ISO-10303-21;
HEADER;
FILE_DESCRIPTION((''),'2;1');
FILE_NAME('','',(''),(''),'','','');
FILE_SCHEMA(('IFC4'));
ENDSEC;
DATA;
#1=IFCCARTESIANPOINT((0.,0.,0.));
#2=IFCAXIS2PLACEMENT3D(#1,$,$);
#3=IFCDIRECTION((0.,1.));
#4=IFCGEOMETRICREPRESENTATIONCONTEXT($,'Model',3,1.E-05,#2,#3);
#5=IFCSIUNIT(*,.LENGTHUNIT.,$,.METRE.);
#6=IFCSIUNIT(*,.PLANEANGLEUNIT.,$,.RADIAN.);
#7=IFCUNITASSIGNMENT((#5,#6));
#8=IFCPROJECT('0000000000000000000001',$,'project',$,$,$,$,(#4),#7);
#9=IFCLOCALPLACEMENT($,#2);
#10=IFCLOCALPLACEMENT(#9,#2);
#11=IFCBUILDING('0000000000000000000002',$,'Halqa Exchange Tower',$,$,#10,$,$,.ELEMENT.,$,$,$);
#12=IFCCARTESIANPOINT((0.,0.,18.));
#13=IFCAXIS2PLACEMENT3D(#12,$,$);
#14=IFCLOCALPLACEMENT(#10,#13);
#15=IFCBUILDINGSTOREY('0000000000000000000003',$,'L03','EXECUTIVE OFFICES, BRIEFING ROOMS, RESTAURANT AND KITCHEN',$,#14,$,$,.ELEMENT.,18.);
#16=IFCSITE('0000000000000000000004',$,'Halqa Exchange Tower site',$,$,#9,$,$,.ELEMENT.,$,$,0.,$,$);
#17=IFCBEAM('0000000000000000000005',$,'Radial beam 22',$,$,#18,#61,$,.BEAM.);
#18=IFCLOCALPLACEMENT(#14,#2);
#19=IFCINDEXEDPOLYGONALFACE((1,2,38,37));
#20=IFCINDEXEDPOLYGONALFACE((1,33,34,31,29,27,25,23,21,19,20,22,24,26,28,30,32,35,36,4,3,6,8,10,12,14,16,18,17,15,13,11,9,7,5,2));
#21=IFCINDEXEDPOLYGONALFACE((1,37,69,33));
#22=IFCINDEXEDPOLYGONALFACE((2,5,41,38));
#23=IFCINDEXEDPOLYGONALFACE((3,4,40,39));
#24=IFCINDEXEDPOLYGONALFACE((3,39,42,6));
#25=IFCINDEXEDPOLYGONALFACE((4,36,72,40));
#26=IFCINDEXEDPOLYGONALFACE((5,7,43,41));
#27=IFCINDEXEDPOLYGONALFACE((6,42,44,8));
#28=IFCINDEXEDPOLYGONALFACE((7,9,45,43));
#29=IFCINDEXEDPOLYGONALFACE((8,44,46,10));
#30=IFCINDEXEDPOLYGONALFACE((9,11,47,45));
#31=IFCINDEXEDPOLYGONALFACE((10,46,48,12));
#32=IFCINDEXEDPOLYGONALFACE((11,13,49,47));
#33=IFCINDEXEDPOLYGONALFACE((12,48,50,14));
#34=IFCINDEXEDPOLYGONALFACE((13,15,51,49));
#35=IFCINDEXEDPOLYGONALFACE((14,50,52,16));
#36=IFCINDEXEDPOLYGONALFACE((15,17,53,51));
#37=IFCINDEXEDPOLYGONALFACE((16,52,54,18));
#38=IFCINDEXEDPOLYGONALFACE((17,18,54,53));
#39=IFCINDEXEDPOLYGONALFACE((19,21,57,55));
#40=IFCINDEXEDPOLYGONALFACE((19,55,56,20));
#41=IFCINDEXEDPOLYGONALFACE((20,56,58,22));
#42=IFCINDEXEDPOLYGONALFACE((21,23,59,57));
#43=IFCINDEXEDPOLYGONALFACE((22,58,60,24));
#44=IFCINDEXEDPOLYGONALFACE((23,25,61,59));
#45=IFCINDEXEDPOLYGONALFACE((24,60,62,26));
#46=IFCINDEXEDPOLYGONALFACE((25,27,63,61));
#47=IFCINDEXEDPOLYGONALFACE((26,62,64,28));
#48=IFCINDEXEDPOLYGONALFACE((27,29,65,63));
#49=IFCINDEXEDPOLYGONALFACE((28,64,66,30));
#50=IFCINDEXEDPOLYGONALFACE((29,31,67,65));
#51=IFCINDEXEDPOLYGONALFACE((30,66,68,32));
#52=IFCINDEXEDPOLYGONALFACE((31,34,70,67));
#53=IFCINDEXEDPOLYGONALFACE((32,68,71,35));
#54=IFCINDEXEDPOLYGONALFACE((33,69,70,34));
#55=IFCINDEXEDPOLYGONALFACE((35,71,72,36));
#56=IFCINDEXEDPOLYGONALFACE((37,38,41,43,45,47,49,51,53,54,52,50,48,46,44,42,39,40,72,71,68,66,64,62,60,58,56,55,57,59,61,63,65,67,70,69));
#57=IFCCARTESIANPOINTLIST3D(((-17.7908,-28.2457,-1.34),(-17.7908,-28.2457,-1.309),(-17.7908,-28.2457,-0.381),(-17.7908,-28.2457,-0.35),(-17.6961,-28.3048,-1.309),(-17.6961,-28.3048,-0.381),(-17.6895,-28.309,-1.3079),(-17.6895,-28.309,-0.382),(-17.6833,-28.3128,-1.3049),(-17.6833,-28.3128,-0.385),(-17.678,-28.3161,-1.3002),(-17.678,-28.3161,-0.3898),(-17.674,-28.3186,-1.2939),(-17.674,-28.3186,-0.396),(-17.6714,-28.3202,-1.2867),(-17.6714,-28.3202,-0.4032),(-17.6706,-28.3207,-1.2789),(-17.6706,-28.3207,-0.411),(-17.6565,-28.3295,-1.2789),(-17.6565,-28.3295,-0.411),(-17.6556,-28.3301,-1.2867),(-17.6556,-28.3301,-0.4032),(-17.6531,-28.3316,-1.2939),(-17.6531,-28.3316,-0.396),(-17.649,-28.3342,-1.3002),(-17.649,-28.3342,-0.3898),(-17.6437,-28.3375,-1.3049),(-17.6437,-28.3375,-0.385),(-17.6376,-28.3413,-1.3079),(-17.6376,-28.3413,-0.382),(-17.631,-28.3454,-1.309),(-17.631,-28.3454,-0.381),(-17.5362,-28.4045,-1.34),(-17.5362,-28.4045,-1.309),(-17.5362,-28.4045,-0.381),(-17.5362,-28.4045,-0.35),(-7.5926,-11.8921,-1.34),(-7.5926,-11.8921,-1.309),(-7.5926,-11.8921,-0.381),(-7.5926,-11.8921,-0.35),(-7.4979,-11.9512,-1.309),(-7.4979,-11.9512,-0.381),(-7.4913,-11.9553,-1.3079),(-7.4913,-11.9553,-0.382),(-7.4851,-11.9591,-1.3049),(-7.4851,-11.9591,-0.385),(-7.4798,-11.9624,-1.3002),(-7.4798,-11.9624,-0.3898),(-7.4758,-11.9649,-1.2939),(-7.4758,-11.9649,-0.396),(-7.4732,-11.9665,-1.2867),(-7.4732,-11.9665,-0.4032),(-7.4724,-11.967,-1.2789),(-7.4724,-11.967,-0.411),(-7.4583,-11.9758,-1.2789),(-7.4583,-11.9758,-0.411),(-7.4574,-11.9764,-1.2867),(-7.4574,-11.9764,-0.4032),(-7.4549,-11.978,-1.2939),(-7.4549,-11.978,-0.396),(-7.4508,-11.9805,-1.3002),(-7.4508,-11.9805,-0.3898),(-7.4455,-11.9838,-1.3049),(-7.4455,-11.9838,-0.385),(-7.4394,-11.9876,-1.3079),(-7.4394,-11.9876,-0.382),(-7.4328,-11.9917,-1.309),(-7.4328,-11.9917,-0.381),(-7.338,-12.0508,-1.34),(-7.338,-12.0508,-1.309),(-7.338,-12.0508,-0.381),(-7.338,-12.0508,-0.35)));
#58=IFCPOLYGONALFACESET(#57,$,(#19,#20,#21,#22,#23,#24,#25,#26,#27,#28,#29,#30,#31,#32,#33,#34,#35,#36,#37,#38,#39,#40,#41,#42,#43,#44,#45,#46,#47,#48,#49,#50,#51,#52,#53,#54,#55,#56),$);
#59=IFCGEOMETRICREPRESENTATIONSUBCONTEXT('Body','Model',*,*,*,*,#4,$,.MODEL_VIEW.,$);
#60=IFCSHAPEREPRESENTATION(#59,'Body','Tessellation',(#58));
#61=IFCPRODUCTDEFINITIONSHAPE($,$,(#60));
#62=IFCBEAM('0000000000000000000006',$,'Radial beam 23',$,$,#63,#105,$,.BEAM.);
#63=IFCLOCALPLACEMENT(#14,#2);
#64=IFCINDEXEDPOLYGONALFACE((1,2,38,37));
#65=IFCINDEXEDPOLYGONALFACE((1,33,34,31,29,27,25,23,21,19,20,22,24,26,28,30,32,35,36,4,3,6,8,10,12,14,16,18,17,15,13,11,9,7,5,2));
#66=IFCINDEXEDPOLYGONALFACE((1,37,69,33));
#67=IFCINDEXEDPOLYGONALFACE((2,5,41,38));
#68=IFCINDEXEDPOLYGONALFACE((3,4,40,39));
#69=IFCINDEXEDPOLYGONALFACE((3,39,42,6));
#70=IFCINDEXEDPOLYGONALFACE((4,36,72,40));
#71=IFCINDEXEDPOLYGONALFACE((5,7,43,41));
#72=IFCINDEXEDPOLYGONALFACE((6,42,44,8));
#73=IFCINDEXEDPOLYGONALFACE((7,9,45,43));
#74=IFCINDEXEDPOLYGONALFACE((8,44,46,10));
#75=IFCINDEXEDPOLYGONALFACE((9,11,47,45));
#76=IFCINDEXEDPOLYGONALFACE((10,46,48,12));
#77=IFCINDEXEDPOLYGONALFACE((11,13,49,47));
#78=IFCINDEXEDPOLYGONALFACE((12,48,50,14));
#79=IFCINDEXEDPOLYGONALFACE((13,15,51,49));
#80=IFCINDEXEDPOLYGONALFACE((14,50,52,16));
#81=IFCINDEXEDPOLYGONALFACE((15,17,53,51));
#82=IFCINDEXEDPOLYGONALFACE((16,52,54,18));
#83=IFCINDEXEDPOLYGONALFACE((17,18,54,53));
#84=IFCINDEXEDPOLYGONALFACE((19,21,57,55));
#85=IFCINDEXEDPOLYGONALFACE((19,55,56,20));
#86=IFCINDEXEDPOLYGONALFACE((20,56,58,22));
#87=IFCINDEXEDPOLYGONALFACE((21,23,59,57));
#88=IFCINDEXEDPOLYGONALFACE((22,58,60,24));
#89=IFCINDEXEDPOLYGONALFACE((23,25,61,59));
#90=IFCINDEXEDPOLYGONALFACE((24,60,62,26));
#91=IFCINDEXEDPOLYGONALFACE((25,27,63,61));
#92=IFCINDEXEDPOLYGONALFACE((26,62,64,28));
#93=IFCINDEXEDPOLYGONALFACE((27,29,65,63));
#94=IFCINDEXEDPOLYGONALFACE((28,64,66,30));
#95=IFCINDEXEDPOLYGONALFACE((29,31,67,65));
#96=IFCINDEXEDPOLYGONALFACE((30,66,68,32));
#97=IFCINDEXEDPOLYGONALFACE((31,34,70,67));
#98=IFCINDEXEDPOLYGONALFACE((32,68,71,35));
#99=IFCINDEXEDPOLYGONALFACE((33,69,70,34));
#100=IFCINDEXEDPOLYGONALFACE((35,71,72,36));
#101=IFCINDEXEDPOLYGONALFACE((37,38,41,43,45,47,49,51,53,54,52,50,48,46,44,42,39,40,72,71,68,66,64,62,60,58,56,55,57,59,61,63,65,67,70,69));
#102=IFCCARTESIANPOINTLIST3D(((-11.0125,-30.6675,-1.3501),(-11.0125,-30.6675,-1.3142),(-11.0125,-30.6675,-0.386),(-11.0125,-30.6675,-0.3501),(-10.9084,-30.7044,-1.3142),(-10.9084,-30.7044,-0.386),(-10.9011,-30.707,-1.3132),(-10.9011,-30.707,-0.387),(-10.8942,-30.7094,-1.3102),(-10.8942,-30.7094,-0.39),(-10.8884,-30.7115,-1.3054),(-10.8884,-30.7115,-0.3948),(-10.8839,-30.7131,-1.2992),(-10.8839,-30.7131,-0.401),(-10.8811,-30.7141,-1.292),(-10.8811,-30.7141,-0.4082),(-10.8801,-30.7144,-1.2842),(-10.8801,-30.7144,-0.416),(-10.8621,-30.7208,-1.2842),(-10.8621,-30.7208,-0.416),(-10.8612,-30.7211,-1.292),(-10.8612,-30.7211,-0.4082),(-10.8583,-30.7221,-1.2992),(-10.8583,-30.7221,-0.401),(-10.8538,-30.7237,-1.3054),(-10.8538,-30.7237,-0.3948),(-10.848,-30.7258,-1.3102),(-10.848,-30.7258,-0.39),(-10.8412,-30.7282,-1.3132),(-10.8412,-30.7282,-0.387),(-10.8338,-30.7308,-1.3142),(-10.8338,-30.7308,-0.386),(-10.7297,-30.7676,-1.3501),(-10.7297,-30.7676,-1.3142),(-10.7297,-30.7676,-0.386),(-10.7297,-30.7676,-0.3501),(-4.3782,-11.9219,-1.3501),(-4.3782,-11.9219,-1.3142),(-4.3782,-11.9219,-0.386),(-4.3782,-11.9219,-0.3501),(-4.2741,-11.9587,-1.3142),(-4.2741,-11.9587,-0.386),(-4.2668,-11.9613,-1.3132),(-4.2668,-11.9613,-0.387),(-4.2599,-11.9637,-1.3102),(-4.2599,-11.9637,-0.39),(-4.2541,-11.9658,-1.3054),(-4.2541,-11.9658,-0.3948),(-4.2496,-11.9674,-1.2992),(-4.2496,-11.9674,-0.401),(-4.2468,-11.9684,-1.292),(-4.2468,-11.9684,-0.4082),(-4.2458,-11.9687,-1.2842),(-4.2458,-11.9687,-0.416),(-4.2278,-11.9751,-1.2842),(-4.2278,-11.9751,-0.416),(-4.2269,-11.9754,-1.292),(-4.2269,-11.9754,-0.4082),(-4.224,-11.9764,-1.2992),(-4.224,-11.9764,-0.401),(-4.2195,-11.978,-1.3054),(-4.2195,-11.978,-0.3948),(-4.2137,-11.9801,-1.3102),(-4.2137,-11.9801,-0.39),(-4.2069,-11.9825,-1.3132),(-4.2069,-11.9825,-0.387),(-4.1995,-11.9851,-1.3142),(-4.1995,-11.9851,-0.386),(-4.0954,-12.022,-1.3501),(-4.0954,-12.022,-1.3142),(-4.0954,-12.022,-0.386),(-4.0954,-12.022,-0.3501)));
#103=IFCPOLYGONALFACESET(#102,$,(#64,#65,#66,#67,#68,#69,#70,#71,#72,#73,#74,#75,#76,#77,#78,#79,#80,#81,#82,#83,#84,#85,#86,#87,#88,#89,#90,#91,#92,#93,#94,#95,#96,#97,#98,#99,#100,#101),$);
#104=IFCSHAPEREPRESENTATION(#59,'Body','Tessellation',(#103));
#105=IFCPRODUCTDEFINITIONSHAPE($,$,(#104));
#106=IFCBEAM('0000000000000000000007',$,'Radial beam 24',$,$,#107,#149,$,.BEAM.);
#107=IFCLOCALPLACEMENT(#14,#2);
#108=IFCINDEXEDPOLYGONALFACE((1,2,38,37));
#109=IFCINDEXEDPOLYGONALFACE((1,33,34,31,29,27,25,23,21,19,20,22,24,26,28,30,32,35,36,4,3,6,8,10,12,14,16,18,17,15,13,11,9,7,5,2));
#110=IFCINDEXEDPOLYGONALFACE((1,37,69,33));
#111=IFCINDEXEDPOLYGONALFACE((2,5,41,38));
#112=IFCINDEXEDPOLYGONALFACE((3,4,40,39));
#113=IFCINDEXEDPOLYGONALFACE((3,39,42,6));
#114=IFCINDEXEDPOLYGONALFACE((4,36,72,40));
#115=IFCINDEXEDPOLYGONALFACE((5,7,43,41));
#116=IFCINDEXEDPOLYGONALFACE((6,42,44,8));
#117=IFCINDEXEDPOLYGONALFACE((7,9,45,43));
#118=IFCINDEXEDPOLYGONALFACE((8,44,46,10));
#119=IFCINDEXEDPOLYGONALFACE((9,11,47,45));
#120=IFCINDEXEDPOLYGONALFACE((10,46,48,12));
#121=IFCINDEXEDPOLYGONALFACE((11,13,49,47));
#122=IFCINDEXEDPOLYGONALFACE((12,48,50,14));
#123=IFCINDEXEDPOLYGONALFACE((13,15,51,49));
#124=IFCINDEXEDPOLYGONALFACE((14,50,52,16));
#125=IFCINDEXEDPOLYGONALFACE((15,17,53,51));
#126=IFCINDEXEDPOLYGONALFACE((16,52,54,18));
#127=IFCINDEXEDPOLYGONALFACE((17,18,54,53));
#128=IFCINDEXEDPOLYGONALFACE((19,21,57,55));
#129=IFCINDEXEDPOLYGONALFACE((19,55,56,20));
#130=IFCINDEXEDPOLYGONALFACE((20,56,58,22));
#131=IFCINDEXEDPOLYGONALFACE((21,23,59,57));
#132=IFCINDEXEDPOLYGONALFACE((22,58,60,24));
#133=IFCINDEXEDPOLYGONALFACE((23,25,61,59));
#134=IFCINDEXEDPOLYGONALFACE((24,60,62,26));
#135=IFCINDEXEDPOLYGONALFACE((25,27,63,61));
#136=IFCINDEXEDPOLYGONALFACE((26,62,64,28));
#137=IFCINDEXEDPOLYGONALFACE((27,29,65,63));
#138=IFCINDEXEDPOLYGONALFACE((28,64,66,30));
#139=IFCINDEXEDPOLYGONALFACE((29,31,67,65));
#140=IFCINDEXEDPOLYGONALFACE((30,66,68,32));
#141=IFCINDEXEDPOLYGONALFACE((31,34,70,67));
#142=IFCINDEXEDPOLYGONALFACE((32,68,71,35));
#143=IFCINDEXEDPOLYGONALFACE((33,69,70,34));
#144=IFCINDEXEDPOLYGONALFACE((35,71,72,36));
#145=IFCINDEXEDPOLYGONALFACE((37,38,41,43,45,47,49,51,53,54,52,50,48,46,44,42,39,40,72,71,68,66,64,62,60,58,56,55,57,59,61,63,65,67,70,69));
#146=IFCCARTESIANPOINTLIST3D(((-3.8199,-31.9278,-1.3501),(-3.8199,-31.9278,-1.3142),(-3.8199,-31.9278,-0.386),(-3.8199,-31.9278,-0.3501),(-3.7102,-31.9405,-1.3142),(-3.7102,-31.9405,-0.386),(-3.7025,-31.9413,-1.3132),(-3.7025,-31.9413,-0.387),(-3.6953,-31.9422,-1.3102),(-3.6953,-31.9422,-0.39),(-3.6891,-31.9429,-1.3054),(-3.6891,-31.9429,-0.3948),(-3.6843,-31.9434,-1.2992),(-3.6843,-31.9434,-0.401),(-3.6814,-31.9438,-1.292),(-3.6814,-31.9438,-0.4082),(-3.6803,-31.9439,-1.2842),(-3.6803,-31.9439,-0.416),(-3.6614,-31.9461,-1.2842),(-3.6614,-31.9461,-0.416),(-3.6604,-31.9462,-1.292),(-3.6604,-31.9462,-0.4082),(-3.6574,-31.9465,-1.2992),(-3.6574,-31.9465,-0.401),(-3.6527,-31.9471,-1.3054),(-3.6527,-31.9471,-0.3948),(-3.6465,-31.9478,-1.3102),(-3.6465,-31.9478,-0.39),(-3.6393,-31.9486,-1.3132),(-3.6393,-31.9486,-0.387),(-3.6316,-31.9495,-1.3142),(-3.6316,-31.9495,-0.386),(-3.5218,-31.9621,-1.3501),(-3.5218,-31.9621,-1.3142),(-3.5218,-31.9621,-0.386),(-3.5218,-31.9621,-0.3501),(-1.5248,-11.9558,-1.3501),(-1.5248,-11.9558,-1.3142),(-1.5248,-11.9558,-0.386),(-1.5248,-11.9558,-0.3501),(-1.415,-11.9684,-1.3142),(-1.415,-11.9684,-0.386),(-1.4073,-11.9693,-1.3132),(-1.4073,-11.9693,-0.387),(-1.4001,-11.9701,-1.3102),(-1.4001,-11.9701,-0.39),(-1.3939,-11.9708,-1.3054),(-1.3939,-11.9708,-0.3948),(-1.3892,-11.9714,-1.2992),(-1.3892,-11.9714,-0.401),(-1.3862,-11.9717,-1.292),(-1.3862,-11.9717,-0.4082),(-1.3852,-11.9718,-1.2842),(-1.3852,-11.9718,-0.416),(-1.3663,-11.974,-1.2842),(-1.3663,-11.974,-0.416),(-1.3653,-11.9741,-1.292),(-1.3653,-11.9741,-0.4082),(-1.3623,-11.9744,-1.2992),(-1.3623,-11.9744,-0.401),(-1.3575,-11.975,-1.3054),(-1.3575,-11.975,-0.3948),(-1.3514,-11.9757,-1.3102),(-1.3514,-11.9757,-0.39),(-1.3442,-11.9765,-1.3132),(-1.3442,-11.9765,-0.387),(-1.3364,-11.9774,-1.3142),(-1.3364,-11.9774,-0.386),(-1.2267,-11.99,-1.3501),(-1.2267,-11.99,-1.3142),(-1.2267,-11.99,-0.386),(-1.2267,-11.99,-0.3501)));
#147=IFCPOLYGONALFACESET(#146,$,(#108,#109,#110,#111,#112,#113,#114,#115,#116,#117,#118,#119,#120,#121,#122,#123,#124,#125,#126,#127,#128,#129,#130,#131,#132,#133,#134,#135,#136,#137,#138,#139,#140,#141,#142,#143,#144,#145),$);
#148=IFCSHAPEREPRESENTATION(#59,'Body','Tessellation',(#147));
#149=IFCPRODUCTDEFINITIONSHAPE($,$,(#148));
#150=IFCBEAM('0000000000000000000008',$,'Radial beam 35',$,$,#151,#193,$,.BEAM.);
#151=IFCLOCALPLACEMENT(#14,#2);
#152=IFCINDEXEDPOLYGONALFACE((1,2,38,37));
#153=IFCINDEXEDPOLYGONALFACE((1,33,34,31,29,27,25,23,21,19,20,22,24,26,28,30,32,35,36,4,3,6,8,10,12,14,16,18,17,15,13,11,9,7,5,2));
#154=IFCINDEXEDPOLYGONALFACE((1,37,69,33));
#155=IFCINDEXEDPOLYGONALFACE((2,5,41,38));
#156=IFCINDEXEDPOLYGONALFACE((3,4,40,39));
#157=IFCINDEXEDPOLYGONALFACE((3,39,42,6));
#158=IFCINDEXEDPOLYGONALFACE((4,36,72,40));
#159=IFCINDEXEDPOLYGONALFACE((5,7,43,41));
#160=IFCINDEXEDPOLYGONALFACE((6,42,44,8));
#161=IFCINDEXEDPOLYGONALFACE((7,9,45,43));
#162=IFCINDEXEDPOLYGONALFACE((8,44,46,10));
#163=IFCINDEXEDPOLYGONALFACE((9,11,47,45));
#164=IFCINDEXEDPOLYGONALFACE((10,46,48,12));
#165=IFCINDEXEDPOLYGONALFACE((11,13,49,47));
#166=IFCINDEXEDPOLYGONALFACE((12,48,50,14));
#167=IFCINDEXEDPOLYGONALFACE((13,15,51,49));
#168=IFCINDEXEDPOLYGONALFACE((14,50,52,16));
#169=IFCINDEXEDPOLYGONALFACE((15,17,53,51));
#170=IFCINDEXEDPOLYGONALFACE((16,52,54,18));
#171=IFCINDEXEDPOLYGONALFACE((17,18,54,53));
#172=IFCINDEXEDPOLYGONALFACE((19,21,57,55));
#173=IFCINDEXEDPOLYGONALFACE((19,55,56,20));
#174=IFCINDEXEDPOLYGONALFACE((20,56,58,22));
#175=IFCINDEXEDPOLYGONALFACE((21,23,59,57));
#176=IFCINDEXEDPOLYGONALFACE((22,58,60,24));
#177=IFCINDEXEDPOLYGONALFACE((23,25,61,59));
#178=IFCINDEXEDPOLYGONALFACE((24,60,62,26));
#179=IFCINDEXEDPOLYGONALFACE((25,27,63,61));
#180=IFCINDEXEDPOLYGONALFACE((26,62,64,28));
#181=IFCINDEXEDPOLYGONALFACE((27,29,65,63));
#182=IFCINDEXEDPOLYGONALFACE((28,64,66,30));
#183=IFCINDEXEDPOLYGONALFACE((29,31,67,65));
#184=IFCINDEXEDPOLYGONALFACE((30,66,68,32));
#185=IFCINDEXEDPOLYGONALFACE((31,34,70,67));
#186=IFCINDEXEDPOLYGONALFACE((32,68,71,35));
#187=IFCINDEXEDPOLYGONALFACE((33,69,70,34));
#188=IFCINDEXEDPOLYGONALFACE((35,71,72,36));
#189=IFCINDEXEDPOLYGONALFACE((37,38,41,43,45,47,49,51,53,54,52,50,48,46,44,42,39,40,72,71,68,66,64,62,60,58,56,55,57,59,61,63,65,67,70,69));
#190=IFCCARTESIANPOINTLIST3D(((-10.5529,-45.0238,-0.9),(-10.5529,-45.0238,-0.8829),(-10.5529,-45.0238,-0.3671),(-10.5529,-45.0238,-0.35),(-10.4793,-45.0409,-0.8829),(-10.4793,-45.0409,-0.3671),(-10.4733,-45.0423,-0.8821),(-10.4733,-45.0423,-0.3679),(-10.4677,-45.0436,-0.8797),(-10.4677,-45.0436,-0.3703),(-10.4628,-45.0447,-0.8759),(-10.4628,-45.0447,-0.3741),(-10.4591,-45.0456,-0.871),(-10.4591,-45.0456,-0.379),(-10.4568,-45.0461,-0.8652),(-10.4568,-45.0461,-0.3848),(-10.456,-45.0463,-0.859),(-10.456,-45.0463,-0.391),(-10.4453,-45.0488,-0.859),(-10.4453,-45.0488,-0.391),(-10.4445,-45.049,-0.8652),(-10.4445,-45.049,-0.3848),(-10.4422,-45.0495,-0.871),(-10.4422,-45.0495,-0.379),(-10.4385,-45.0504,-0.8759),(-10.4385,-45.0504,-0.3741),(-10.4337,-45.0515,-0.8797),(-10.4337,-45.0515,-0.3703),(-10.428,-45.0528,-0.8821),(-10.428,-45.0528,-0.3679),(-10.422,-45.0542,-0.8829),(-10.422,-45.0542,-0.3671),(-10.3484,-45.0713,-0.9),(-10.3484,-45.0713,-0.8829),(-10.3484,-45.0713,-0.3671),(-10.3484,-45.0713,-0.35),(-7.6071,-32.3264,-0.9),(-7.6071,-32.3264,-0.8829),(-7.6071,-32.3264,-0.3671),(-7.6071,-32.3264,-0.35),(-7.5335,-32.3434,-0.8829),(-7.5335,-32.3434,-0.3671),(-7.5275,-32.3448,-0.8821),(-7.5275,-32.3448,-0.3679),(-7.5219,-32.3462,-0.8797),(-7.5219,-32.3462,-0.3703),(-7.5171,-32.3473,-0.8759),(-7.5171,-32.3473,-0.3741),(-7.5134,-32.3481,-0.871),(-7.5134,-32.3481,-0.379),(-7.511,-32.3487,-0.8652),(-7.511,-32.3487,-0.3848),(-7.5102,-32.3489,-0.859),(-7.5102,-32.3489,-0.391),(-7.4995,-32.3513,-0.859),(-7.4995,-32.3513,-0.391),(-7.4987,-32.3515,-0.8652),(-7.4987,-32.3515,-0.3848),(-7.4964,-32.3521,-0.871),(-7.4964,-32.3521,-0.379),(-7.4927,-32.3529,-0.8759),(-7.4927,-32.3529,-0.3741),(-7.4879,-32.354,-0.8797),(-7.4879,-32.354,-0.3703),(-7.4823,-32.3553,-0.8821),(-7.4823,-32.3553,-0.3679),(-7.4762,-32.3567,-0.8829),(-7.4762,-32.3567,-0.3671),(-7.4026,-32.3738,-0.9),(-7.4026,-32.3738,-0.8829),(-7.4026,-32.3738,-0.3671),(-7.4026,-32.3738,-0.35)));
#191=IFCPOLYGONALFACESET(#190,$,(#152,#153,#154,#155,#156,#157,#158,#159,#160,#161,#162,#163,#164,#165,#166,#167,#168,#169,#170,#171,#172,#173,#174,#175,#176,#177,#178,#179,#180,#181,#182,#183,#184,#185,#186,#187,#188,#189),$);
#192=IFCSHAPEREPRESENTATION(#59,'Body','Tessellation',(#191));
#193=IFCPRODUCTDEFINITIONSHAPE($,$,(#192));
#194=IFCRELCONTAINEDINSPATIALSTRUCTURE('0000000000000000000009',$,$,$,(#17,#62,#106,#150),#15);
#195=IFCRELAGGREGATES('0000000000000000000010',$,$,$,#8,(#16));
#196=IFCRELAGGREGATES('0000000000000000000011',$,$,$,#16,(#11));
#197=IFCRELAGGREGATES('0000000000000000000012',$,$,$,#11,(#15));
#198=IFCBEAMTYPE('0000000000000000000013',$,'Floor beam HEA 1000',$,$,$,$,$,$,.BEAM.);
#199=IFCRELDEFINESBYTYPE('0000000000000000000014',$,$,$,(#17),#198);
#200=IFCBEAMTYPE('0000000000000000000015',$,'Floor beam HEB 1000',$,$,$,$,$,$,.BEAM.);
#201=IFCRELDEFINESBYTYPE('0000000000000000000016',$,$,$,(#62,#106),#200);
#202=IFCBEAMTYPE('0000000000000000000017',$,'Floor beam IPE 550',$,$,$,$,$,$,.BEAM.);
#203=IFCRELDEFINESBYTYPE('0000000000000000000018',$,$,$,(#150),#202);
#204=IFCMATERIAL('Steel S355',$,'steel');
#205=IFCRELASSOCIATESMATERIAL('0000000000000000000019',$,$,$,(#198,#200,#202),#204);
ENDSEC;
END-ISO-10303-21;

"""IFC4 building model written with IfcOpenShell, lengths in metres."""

from ifc_helpers import new_model, si_unit, direction, frame, origin, origin_2d, place, context, subcontext, project, spatial, i_section, extrude, material, material_profile, profile_set, type_object, element, save


model = new_model("IFC4")

# Units and contexts
model_context = context("Model", 3, precision=1e-05, world=origin(), true_north=direction((0.0, 1.0)))
body_context = subcontext(model_context, "Body", "Model", "MODEL_VIEW")
ifc_project = project(units=[si_unit("LENGTHUNIT", "METRE"), si_unit("PLANEANGLEUNIT", "RADIAN")], contexts=[model_context])

# Site, building, storey
site_placement = place(None, origin())
site = spatial("IfcSite", under=ifc_project, at=site_placement, Name="Halqa Exchange Tower site", CompositionType="ELEMENT", RefElevation=0.0)
building_placement = place(site_placement, origin())
building = spatial("IfcBuilding", under=site, at=building_placement, Name="Halqa Exchange Tower", CompositionType="ELEMENT")
storey_placement = place(building_placement, frame((0.0, 0.0, 18.0)))
storey = spatial("IfcBuildingStorey", under=building, at=storey_placement, Name="L03", Description="EXECUTIVE OFFICES, BRIEFING ROOMS, RESTAURANT AND KITCHEN", CompositionType="ELEMENT", Elevation=18.0)

# Beams
ifc_material_1 = material(Name="Steel S355", Category="steel")
ifc_material_profile_1 = material_profile(ifc_material_1, i_section(OverallWidth=0.3, OverallDepth=0.99, WebThickness=0.0166, FlangeThickness=0.031, FilletRadius=0.03, at=origin_2d()), Name="HEA 1000")
ifc_profile_set_1 = profile_set([ifc_material_profile_1], Name="Steel S355")
beam_type_1 = type_object("IfcBeamType", Name="Floor beam HEA 1000", PredefinedType="BEAM", material=ifc_profile_set_1)
beam_1_placement = place(storey_placement, frame((-7.4653, -11.9714, -0.845), z_axis=(-0.529146, -0.848531, 0.0), x_axis=(0.848531, -0.529146, 0.0)))
element("IfcBeam", 1, at=beam_1_placement, inside=storey, type_object=beam_type_1, Name="Radial beam 22", PredefinedType="BEAM", context=body_context, shape_type="SweptSolid", body=[
    extrude(i_section(OverallWidth=0.3, OverallDepth=0.99, WebThickness=0.0166, FlangeThickness=0.031, FilletRadius=0.03, at=origin_2d()), origin(), (0.0, 0.0, 1.0), 19.2729),
])
ifc_material_profile_2 = material_profile(ifc_material_1, i_section(OverallWidth=0.3, OverallDepth=1.0, WebThickness=0.019, FlangeThickness=0.0359, FilletRadius=0.03, at=origin_2d()), Name="HEB 1000")
ifc_profile_set_2 = profile_set([ifc_material_profile_2], Name="Steel S355")
beam_type_2 = type_object("IfcBeamType", Name="Floor beam HEB 1000", PredefinedType="BEAM", material=ifc_profile_set_2)
beam_2_placement = place(storey_placement, frame((-4.2368, -11.9719, -0.8501), z_axis=(-0.333633, -0.942703, 0.0), x_axis=(0.942703, -0.333633, 0.0)))
element("IfcBeam", 2, at=beam_2_placement, inside=storey, type_object=beam_type_2, Name="Radial beam 23", PredefinedType="BEAM", context=body_context, shape_type="SweptSolid", body=[
    extrude(i_section(OverallWidth=0.3, OverallDepth=1.0, WebThickness=0.019, FlangeThickness=0.0359, FilletRadius=0.03, at=origin_2d()), origin(), (0.0, 0.0, 1.0), 19.885),
])
beam_3_placement = place(storey_placement, frame((-1.3757, -11.9729, -0.8501), z_axis=(-0.114167, -0.993462, 0.0), x_axis=(0.993462, -0.114167, 0.0)))
element("IfcBeam", 3, at=beam_3_placement, inside=storey, type_object=beam_type_2, Name="Radial beam 24", PredefinedType="BEAM", context=body_context, shape_type="SweptSolid", body=[
    extrude(i_section(OverallWidth=0.3, OverallDepth=1.0, WebThickness=0.019, FlangeThickness=0.0359, FilletRadius=0.03, at=origin_2d()), origin(), (0.0, 0.0, 1.0), 20.1035),
])
ifc_material_profile_3 = material_profile(ifc_material_1, i_section(OverallWidth=0.21, OverallDepth=0.55, WebThickness=0.011, FlangeThickness=0.0171, FilletRadius=0.0239, at=origin_2d()), Name="IPE 550")
ifc_profile_set_3 = profile_set([ifc_material_profile_3], Name="Steel S355")
beam_type_3 = type_object("IfcBeamType", Name="Floor beam IPE 550", PredefinedType="BEAM", material=ifc_profile_set_3)
beam_4_placement = place(storey_placement, frame((-7.5049, -32.3501, -0.625), z_axis=(-0.225996, -0.974128, 0.0), x_axis=(0.974128, -0.225996, 0.0)))
element("IfcBeam", 4, at=beam_4_placement, inside=storey, type_object=beam_type_3, Name="Radial beam 35", PredefinedType="BEAM", context=body_context, shape_type="SweptSolid", body=[
    extrude(i_section(OverallWidth=0.21, OverallDepth=0.55, WebThickness=0.011, FlangeThickness=0.0171, FilletRadius=0.0239, at=origin_2d()), origin(), (0.0, 0.0, 1.0), 13.0347),
])

save(model, "model.ifc")
